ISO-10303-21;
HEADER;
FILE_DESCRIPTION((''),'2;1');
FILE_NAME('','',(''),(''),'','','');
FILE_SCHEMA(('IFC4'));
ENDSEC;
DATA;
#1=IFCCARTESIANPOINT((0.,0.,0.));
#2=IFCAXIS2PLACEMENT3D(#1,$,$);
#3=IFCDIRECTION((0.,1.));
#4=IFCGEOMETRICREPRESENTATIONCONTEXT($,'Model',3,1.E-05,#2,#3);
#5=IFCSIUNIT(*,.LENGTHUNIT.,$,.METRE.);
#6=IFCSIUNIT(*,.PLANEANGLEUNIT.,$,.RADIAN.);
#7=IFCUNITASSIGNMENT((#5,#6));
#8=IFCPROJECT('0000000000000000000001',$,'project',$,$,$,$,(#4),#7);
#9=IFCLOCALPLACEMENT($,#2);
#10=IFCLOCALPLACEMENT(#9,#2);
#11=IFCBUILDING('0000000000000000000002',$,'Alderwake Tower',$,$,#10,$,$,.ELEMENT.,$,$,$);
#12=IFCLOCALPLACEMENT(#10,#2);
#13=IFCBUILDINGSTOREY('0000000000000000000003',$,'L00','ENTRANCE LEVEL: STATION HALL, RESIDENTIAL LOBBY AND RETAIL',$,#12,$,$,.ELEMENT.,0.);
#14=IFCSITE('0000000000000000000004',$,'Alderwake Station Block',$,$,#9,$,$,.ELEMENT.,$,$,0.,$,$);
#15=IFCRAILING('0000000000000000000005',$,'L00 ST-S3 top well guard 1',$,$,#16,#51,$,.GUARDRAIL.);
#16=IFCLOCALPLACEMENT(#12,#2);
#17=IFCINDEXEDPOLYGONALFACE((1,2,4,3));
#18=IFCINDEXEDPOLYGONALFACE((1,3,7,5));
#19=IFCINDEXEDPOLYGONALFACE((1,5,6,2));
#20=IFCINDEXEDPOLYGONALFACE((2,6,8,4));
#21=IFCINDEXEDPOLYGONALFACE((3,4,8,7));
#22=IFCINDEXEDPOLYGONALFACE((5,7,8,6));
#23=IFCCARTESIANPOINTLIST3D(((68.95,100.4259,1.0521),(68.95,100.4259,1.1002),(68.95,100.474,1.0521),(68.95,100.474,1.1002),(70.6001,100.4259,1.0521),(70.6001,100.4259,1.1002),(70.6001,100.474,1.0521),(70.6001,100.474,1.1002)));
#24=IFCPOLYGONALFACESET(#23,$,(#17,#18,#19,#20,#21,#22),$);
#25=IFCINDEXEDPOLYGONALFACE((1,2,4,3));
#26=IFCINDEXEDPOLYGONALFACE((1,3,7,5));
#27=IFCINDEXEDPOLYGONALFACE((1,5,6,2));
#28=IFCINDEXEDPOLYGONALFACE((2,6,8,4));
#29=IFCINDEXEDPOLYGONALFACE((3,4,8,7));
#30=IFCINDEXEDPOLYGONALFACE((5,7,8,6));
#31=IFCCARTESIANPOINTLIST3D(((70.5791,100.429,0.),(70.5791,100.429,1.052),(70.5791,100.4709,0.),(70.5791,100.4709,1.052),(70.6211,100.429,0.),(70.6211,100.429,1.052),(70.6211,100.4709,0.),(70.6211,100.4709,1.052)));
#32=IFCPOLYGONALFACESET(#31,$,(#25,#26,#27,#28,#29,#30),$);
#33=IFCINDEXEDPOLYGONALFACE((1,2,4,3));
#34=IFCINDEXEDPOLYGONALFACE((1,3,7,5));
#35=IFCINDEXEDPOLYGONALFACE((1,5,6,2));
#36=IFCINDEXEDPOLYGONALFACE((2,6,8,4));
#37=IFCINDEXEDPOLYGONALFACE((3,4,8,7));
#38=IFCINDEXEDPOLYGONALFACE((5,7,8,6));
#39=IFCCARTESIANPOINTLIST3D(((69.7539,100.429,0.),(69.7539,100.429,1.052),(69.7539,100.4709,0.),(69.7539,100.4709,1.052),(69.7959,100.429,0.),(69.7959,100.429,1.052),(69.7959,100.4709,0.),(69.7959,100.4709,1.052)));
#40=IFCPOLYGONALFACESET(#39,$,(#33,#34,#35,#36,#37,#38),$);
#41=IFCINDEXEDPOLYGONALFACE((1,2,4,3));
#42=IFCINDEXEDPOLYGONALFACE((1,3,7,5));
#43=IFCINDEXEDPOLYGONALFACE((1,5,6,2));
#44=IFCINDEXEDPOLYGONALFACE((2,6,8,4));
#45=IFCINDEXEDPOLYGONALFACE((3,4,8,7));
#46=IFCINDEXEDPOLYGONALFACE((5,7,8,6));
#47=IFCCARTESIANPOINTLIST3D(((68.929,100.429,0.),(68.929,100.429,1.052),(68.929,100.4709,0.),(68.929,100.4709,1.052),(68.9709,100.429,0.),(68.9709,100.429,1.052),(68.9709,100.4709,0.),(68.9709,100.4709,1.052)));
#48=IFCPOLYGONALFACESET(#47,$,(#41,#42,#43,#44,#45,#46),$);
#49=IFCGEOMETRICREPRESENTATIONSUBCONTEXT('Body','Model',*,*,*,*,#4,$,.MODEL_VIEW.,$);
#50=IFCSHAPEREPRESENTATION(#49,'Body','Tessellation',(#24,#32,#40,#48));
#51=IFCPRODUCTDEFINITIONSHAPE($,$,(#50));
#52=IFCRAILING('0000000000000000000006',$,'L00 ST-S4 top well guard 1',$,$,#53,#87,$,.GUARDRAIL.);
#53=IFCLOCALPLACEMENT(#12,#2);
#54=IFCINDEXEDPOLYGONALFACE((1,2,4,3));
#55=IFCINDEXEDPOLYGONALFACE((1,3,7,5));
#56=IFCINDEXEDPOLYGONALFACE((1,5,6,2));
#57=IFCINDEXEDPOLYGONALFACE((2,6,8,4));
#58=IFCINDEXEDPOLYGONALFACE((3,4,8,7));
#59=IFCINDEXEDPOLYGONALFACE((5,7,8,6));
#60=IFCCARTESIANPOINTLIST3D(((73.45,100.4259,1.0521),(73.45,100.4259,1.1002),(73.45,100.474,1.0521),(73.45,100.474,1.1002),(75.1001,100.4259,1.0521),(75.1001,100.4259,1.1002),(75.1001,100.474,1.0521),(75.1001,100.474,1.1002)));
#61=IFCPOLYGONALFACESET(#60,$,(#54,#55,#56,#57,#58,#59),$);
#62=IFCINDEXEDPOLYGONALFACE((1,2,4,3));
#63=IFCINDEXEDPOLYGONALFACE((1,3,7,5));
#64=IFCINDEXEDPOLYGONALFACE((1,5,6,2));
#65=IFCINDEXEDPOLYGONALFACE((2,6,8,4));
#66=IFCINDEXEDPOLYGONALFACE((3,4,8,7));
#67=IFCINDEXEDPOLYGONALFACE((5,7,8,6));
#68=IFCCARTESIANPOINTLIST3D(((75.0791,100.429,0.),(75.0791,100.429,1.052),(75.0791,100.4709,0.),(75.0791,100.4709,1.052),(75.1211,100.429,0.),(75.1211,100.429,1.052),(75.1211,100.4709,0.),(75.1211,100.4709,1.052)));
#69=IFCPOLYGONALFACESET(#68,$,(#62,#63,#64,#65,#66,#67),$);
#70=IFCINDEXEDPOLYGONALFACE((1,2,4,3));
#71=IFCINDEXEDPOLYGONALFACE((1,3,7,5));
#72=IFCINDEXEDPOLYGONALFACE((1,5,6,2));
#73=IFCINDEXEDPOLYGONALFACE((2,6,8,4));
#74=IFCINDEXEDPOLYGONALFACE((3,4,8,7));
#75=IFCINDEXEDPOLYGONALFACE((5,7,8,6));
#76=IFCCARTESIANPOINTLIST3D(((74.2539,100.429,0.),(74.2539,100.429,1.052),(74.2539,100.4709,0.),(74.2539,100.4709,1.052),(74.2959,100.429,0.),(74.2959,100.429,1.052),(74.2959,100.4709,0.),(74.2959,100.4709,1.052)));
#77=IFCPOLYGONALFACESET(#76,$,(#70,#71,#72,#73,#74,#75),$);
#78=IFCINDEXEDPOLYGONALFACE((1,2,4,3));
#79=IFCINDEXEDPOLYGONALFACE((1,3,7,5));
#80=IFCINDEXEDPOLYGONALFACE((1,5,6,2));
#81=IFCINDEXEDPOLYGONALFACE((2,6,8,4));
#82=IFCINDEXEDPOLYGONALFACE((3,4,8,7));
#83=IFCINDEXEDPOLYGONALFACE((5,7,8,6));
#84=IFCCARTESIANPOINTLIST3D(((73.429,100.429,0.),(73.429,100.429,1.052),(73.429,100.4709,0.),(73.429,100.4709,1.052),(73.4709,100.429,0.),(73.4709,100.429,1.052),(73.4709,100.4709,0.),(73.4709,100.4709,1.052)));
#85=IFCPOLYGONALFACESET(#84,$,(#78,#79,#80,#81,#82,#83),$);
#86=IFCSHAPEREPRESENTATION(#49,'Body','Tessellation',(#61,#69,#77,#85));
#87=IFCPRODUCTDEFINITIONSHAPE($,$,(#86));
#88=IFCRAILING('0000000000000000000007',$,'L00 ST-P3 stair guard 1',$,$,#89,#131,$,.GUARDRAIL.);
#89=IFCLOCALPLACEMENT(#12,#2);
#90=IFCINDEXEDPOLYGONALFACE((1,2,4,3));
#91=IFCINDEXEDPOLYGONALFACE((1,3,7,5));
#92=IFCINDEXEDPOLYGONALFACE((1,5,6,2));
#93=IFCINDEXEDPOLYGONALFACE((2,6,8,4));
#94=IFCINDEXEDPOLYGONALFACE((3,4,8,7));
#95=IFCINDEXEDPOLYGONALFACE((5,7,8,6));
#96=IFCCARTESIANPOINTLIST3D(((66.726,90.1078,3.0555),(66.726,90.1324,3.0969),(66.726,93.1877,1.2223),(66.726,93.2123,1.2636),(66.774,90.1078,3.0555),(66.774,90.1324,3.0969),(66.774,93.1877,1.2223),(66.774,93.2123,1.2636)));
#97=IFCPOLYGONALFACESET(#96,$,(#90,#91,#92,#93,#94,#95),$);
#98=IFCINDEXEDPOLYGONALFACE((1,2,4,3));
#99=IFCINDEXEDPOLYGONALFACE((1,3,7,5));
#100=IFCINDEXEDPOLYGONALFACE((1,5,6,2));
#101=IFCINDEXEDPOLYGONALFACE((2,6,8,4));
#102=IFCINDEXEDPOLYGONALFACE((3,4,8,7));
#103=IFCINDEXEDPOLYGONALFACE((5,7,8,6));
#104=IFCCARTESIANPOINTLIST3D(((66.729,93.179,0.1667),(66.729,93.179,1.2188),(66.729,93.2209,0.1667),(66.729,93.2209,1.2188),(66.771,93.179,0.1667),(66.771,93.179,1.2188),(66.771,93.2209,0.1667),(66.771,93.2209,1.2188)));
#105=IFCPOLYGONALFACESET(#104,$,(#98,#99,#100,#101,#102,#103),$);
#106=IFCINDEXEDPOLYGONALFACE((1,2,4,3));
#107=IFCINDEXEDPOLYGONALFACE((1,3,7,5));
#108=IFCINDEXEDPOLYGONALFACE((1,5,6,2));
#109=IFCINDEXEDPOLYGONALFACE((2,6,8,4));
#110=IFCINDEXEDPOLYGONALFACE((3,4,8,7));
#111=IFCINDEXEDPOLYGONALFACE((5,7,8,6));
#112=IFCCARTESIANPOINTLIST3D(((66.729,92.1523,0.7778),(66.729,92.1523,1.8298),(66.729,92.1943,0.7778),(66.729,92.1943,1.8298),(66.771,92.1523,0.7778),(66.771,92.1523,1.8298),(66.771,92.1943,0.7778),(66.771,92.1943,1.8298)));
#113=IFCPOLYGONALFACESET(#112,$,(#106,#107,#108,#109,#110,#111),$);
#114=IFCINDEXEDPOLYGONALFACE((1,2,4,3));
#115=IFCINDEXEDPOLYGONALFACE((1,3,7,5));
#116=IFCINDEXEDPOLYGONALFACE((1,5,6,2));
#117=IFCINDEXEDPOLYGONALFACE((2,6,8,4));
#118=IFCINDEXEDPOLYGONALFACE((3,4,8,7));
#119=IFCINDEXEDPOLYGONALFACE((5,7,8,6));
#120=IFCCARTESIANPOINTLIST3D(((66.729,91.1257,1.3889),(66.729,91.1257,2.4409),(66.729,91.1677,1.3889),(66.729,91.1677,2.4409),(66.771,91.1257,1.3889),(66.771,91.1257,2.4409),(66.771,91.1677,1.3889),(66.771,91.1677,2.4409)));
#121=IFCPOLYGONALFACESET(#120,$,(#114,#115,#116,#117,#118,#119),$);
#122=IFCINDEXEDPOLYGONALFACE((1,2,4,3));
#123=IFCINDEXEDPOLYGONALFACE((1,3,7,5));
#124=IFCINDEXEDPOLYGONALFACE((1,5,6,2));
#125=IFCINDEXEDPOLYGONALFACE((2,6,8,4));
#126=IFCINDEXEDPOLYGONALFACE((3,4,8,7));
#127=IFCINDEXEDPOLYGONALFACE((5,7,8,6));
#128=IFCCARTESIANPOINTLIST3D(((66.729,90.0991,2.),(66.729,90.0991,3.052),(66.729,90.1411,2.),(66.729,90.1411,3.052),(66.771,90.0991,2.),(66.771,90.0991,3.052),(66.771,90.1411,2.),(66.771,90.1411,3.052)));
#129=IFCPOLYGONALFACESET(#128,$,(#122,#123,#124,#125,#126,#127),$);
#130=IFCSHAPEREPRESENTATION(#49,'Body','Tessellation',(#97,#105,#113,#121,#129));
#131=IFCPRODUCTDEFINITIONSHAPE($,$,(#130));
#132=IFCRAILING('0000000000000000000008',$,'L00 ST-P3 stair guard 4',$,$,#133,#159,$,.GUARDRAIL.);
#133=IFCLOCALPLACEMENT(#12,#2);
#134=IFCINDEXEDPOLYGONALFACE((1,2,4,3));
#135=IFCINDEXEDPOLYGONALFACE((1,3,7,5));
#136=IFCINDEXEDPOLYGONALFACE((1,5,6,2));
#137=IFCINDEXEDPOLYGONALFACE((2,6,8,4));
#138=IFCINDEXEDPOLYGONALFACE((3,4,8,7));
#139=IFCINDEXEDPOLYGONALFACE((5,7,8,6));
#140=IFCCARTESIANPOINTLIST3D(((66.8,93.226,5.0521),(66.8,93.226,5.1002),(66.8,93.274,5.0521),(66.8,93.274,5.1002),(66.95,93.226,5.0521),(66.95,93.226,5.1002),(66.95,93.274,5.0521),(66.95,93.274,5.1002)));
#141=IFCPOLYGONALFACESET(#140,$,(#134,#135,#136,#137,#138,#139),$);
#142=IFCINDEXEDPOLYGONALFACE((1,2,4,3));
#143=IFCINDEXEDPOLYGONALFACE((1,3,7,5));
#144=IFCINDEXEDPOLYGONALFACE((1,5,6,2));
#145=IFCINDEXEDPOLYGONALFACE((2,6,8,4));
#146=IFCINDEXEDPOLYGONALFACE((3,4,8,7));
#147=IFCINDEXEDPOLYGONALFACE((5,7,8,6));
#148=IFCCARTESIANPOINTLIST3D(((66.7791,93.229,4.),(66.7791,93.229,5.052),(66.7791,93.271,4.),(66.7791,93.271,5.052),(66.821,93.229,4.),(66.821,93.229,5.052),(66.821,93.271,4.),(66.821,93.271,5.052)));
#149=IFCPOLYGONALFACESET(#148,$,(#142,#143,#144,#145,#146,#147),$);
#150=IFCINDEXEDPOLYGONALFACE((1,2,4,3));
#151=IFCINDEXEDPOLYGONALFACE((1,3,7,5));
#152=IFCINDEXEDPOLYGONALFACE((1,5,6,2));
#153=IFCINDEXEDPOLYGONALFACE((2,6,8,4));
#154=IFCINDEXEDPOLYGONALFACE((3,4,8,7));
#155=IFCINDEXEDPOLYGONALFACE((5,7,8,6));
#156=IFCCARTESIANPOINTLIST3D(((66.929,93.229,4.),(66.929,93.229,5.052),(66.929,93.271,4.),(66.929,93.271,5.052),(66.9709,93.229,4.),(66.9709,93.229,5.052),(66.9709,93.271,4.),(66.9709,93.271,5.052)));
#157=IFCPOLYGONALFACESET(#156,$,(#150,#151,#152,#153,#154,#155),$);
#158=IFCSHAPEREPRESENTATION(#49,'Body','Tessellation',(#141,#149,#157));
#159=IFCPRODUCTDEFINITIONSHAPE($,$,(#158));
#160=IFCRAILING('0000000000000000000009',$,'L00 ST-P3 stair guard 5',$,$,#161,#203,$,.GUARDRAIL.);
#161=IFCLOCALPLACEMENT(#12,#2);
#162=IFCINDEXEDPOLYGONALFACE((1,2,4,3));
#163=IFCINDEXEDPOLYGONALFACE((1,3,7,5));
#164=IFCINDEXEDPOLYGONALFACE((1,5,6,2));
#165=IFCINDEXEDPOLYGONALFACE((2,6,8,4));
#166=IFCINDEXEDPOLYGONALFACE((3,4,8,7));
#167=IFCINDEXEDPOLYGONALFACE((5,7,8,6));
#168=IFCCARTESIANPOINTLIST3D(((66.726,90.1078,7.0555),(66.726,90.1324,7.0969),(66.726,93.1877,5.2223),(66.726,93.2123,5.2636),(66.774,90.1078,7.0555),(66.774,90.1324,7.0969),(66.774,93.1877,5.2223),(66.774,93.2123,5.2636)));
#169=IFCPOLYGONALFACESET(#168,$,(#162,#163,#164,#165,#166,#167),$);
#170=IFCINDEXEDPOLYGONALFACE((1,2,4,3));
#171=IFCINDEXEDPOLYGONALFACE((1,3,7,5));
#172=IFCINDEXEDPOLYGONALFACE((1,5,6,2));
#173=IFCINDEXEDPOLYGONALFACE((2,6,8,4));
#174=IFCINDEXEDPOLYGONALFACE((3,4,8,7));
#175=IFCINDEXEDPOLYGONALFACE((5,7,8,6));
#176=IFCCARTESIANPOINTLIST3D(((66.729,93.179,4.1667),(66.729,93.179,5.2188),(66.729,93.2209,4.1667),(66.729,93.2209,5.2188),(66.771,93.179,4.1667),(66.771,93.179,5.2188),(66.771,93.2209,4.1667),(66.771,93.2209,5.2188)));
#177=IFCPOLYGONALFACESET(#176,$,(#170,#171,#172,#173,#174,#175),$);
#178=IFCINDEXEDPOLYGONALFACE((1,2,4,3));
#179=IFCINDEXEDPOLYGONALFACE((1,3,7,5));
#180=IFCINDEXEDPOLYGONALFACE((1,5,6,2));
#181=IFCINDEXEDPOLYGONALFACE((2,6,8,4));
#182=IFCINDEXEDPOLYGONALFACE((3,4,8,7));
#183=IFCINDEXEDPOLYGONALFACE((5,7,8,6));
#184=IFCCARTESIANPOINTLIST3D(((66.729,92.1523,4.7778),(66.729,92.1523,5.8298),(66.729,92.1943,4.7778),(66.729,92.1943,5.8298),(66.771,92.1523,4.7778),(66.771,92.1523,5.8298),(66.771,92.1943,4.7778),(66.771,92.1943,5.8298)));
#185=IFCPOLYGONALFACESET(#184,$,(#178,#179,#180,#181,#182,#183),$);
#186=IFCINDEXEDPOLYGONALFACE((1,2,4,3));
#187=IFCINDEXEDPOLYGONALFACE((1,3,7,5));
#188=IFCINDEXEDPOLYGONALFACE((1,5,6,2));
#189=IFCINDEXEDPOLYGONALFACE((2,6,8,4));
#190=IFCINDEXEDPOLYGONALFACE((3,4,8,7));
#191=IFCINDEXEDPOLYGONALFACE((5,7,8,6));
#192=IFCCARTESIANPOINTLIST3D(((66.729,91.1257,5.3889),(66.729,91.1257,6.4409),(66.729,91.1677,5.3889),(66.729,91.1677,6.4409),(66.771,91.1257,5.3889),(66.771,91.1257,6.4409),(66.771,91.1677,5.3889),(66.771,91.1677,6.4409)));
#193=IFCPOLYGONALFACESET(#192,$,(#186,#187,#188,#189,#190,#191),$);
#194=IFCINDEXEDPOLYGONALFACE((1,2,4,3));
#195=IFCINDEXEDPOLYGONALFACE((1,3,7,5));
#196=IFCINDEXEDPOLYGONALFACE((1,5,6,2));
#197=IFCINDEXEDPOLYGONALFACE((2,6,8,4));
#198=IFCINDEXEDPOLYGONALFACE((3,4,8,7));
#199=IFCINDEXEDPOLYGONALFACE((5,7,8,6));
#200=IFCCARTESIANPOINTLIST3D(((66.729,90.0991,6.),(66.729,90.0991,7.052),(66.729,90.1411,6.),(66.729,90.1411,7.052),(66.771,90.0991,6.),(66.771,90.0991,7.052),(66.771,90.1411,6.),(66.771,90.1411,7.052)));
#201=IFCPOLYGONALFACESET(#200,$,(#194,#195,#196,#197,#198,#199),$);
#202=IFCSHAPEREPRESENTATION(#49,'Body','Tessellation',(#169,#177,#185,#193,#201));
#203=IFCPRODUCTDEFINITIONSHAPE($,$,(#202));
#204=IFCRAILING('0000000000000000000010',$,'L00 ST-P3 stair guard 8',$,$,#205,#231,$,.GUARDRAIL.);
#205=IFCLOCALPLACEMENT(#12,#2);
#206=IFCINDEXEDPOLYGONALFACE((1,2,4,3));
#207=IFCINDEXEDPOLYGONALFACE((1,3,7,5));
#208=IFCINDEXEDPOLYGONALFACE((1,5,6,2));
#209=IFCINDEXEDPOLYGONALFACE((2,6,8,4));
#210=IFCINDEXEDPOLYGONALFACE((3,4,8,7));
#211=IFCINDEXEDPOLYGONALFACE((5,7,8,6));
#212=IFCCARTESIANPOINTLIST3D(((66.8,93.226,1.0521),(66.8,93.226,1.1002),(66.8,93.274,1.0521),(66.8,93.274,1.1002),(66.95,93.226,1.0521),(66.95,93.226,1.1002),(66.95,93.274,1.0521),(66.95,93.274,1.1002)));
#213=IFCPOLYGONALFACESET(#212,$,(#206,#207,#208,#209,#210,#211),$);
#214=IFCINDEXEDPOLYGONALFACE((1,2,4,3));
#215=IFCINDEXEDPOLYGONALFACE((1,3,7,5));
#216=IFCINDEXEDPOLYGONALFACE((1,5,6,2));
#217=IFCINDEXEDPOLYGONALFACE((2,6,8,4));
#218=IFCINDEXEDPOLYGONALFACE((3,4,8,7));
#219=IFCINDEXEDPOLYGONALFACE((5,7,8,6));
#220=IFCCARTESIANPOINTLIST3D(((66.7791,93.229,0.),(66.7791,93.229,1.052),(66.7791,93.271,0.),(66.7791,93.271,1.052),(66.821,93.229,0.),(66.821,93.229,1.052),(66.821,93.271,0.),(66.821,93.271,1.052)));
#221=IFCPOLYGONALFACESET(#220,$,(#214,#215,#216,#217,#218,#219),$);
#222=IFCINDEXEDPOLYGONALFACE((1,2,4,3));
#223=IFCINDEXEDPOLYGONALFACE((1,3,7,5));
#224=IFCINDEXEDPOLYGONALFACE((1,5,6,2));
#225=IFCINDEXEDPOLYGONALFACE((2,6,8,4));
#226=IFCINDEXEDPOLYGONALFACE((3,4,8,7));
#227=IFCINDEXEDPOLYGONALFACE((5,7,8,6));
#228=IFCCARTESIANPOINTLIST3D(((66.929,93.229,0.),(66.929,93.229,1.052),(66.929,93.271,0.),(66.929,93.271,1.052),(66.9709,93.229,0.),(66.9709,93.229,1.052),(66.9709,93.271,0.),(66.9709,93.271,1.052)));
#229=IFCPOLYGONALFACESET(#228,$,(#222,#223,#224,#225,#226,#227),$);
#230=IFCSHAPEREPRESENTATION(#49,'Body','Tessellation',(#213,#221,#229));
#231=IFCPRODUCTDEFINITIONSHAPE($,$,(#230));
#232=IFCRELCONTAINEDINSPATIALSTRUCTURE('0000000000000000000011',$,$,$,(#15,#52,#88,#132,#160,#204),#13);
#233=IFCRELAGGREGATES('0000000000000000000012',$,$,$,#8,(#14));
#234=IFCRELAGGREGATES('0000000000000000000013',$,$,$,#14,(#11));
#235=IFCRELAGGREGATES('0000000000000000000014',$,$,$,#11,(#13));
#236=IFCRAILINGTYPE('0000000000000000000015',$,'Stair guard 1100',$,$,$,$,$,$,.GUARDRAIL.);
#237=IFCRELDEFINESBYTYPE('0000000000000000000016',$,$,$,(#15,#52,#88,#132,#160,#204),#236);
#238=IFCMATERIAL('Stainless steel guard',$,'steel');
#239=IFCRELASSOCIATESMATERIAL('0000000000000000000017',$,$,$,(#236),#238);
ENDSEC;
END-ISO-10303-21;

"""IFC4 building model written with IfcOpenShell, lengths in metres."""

from ifc_helpers import new_model, si_unit, direction, frame, origin, origin_with_axes, origin_2d, place, context, subcontext, project, spatial, rectangle, extrude, material, type_object, element, save


model = new_model("IFC4")

# Units and contexts
model_context = context("Model", 3, precision=1e-05, world=origin(), true_north=direction((0.0, 1.0)))
body_context = subcontext(model_context, "Body", "Model", "MODEL_VIEW")
ifc_project = project(units=[si_unit("LENGTHUNIT", "METRE"), si_unit("PLANEANGLEUNIT", "RADIAN")], contexts=[model_context])

# Site, building, storey
site_placement = place(None, origin())
site = spatial("IfcSite", under=ifc_project, at=site_placement, Name="Alderwake Station Block", CompositionType="ELEMENT", RefElevation=0.0)
building_placement = place(site_placement, origin())
building = spatial("IfcBuilding", under=site, at=building_placement, Name="Alderwake Tower", CompositionType="ELEMENT")
storey_placement = place(building_placement, origin())
storey = spatial("IfcBuildingStorey", under=building, at=storey_placement, Name="L00", Description="ENTRANCE LEVEL: STATION HALL, RESIDENTIAL LOBBY AND RETAIL", CompositionType="ELEMENT", Elevation=0.0)

# Railings
ifc_material_1 = material(Name="Stainless steel guard", Category="steel")
railing_type_1 = type_object("IfcRailingType", Name="Stair guard 1100", PredefinedType="GUARDRAIL", material=ifc_material_1)
for number, where, name in (
    (1, (70.6001, 100.45, 0.0), "L00 ST-S3 top well guard 1"),
    (2, (75.1001, 100.45, 0.0), "L00 ST-S4 top well guard 1"),
):
    element("IfcRailing", number, at=place(storey_placement, frame(where)), inside=storey, type_object=railing_type_1, Name=name, PredefinedType="GUARDRAIL", context=body_context, shape_type="SweptSolid", body=[
        extrude(rectangle(XDim=0.0481, YDim=0.0481, at=origin_2d()), frame((0.0, 0.0, 1.0762), z_axis=(-1.0, 0.0, 0.0), x_axis=(0.0, -1.0, 0.0)), (0.0, 0.0, 1.0), 1.6501),
        extrude(rectangle(XDim=0.042, YDim=0.042, at=origin_2d()), frame((0.0, 0.0, 0.0), z_axis=(0.0, 0.0, 1.0), x_axis=(-1.0, 0.0, 0.0)), (0.0, 0.0, 1.0), 1.052),
        extrude(rectangle(XDim=0.042, YDim=0.042, at=origin_2d()), frame((-0.8252, 0.0, 0.0), z_axis=(0.0, 0.0, 1.0), x_axis=(-1.0, 0.0, 0.0)), (0.0, 0.0, 1.0), 1.052),
        extrude(rectangle(XDim=0.042, YDim=0.042, at=origin_2d()), frame((-1.6501, 0.0, 0.0), z_axis=(0.0, 0.0, 1.0), x_axis=(-1.0, 0.0, 0.0)), (0.0, 0.0, 1.0), 1.052),
    ])
railing_1_placement = place(storey_placement, frame((66.75, 93.2, 0.1667)))
element("IfcRailing", 3, at=railing_1_placement, inside=storey, type_object=railing_type_1, Name="L00 ST-P3 stair guard 1", PredefinedType="GUARDRAIL", context=body_context, shape_type="SweptSolid", body=[
    extrude(rectangle(XDim=0.0481, YDim=0.0481, at=origin_2d()), frame((0.0, 0.0, 1.0762), z_axis=(0.0, -0.859291, 0.511487), x_axis=(1.0, 0.0, 0.0)), (0.0, 0.0, 1.0), 3.5842),
    extrude(rectangle(XDim=0.042, YDim=0.042, at=origin_2d()), frame((0.0, 0.0, 0.0), z_axis=(0.0, 0.0, 1.0), x_axis=(0.0, -1.0, 0.0)), (0.0, 0.0, 1.0), 1.052),
    extrude(rectangle(XDim=0.042, YDim=0.042, at=origin_2d()), frame((0.0, -1.0266, 0.6111), z_axis=(0.0, 0.0, 1.0), x_axis=(0.0, -1.0, 0.0)), (0.0, 0.0, 1.0), 1.052),
    extrude(rectangle(XDim=0.042, YDim=0.042, at=origin_2d()), frame((0.0, -2.0532, 1.2222), z_axis=(0.0, 0.0, 1.0), x_axis=(0.0, -1.0, 0.0)), (0.0, 0.0, 1.0), 1.052),
    extrude(rectangle(XDim=0.042, YDim=0.042, at=origin_2d()), frame((0.0, -3.0798, 1.8333), z_axis=(0.0, 0.0, 1.0), x_axis=(0.0, -1.0, 0.0)), (0.0, 0.0, 1.0), 1.052),
])
railing_2_placement = place(storey_placement, frame((66.8, 93.25, 4.0)))
element("IfcRailing", 4, at=railing_2_placement, inside=storey, type_object=railing_type_1, Name="L00 ST-P3 stair guard 4", PredefinedType="GUARDRAIL", context=body_context, shape_type="SweptSolid", body=[
    extrude(rectangle(XDim=0.0481, YDim=0.0481, at=origin_2d()), frame((0.0, 0.0, 1.0762), z_axis=(1.0, 0.0, 0.0), x_axis=(0.0, 1.0, 0.0)), (0.0, 0.0, 1.0), 0.1499),
    extrude(rectangle(XDim=0.042, YDim=0.042, at=origin_2d()), origin_with_axes(), (0.0, 0.0, 1.0), 1.052),
    extrude(rectangle(XDim=0.042, YDim=0.042, at=origin_2d()), frame((0.1499, 0.0, 0.0), z_axis=(0.0, 0.0, 1.0), x_axis=(1.0, 0.0, 0.0)), (0.0, 0.0, 1.0), 1.052),
])
railing_3_placement = place(storey_placement, frame((66.75, 93.2, 4.1667)))
element("IfcRailing", 5, at=railing_3_placement, inside=storey, type_object=railing_type_1, Name="L00 ST-P3 stair guard 5", PredefinedType="GUARDRAIL", context=body_context, shape_type="SweptSolid", body=[
    extrude(rectangle(XDim=0.0481, YDim=0.0481, at=origin_2d()), frame((0.0, 0.0, 1.0762), z_axis=(0.0, -0.859291, 0.511487), x_axis=(1.0, 0.0, 0.0)), (0.0, 0.0, 1.0), 3.5842),
    extrude(rectangle(XDim=0.042, YDim=0.042, at=origin_2d()), frame((0.0, 0.0, 0.0), z_axis=(0.0, 0.0, 1.0), x_axis=(0.0, -1.0, 0.0)), (0.0, 0.0, 1.0), 1.052),
    extrude(rectangle(XDim=0.042, YDim=0.042, at=origin_2d()), frame((0.0, -1.0266, 0.6111), z_axis=(0.0, 0.0, 1.0), x_axis=(0.0, -1.0, 0.0)), (0.0, 0.0, 1.0), 1.052),
    extrude(rectangle(XDim=0.042, YDim=0.042, at=origin_2d()), frame((0.0, -2.0532, 1.2222), z_axis=(0.0, 0.0, 1.0), x_axis=(0.0, -1.0, 0.0)), (0.0, 0.0, 1.0), 1.052),
    extrude(rectangle(XDim=0.042, YDim=0.042, at=origin_2d()), frame((0.0, -3.0798, 1.8333), z_axis=(0.0, 0.0, 1.0), x_axis=(0.0, -1.0, 0.0)), (0.0, 0.0, 1.0), 1.052),
])
railing_4_placement = place(storey_placement, frame((66.8, 93.25, 0.0)))
element("IfcRailing", 6, at=railing_4_placement, inside=storey, type_object=railing_type_1, Name="L00 ST-P3 stair guard 8", PredefinedType="GUARDRAIL", context=body_context, shape_type="SweptSolid", body=[
    extrude(rectangle(XDim=0.0481, YDim=0.0481, at=origin_2d()), frame((0.0, 0.0, 1.0762), z_axis=(1.0, 0.0, 0.0), x_axis=(0.0, 1.0, 0.0)), (0.0, 0.0, 1.0), 0.1499),
    extrude(rectangle(XDim=0.042, YDim=0.042, at=origin_2d()), origin_with_axes(), (0.0, 0.0, 1.0), 1.052),
    extrude(rectangle(XDim=0.042, YDim=0.042, at=origin_2d()), frame((0.1499, 0.0, 0.0), z_axis=(0.0, 0.0, 1.0), x_axis=(1.0, 0.0, 0.0)), (0.0, 0.0, 1.0), 1.052),
])

save(model, "model.ifc")
